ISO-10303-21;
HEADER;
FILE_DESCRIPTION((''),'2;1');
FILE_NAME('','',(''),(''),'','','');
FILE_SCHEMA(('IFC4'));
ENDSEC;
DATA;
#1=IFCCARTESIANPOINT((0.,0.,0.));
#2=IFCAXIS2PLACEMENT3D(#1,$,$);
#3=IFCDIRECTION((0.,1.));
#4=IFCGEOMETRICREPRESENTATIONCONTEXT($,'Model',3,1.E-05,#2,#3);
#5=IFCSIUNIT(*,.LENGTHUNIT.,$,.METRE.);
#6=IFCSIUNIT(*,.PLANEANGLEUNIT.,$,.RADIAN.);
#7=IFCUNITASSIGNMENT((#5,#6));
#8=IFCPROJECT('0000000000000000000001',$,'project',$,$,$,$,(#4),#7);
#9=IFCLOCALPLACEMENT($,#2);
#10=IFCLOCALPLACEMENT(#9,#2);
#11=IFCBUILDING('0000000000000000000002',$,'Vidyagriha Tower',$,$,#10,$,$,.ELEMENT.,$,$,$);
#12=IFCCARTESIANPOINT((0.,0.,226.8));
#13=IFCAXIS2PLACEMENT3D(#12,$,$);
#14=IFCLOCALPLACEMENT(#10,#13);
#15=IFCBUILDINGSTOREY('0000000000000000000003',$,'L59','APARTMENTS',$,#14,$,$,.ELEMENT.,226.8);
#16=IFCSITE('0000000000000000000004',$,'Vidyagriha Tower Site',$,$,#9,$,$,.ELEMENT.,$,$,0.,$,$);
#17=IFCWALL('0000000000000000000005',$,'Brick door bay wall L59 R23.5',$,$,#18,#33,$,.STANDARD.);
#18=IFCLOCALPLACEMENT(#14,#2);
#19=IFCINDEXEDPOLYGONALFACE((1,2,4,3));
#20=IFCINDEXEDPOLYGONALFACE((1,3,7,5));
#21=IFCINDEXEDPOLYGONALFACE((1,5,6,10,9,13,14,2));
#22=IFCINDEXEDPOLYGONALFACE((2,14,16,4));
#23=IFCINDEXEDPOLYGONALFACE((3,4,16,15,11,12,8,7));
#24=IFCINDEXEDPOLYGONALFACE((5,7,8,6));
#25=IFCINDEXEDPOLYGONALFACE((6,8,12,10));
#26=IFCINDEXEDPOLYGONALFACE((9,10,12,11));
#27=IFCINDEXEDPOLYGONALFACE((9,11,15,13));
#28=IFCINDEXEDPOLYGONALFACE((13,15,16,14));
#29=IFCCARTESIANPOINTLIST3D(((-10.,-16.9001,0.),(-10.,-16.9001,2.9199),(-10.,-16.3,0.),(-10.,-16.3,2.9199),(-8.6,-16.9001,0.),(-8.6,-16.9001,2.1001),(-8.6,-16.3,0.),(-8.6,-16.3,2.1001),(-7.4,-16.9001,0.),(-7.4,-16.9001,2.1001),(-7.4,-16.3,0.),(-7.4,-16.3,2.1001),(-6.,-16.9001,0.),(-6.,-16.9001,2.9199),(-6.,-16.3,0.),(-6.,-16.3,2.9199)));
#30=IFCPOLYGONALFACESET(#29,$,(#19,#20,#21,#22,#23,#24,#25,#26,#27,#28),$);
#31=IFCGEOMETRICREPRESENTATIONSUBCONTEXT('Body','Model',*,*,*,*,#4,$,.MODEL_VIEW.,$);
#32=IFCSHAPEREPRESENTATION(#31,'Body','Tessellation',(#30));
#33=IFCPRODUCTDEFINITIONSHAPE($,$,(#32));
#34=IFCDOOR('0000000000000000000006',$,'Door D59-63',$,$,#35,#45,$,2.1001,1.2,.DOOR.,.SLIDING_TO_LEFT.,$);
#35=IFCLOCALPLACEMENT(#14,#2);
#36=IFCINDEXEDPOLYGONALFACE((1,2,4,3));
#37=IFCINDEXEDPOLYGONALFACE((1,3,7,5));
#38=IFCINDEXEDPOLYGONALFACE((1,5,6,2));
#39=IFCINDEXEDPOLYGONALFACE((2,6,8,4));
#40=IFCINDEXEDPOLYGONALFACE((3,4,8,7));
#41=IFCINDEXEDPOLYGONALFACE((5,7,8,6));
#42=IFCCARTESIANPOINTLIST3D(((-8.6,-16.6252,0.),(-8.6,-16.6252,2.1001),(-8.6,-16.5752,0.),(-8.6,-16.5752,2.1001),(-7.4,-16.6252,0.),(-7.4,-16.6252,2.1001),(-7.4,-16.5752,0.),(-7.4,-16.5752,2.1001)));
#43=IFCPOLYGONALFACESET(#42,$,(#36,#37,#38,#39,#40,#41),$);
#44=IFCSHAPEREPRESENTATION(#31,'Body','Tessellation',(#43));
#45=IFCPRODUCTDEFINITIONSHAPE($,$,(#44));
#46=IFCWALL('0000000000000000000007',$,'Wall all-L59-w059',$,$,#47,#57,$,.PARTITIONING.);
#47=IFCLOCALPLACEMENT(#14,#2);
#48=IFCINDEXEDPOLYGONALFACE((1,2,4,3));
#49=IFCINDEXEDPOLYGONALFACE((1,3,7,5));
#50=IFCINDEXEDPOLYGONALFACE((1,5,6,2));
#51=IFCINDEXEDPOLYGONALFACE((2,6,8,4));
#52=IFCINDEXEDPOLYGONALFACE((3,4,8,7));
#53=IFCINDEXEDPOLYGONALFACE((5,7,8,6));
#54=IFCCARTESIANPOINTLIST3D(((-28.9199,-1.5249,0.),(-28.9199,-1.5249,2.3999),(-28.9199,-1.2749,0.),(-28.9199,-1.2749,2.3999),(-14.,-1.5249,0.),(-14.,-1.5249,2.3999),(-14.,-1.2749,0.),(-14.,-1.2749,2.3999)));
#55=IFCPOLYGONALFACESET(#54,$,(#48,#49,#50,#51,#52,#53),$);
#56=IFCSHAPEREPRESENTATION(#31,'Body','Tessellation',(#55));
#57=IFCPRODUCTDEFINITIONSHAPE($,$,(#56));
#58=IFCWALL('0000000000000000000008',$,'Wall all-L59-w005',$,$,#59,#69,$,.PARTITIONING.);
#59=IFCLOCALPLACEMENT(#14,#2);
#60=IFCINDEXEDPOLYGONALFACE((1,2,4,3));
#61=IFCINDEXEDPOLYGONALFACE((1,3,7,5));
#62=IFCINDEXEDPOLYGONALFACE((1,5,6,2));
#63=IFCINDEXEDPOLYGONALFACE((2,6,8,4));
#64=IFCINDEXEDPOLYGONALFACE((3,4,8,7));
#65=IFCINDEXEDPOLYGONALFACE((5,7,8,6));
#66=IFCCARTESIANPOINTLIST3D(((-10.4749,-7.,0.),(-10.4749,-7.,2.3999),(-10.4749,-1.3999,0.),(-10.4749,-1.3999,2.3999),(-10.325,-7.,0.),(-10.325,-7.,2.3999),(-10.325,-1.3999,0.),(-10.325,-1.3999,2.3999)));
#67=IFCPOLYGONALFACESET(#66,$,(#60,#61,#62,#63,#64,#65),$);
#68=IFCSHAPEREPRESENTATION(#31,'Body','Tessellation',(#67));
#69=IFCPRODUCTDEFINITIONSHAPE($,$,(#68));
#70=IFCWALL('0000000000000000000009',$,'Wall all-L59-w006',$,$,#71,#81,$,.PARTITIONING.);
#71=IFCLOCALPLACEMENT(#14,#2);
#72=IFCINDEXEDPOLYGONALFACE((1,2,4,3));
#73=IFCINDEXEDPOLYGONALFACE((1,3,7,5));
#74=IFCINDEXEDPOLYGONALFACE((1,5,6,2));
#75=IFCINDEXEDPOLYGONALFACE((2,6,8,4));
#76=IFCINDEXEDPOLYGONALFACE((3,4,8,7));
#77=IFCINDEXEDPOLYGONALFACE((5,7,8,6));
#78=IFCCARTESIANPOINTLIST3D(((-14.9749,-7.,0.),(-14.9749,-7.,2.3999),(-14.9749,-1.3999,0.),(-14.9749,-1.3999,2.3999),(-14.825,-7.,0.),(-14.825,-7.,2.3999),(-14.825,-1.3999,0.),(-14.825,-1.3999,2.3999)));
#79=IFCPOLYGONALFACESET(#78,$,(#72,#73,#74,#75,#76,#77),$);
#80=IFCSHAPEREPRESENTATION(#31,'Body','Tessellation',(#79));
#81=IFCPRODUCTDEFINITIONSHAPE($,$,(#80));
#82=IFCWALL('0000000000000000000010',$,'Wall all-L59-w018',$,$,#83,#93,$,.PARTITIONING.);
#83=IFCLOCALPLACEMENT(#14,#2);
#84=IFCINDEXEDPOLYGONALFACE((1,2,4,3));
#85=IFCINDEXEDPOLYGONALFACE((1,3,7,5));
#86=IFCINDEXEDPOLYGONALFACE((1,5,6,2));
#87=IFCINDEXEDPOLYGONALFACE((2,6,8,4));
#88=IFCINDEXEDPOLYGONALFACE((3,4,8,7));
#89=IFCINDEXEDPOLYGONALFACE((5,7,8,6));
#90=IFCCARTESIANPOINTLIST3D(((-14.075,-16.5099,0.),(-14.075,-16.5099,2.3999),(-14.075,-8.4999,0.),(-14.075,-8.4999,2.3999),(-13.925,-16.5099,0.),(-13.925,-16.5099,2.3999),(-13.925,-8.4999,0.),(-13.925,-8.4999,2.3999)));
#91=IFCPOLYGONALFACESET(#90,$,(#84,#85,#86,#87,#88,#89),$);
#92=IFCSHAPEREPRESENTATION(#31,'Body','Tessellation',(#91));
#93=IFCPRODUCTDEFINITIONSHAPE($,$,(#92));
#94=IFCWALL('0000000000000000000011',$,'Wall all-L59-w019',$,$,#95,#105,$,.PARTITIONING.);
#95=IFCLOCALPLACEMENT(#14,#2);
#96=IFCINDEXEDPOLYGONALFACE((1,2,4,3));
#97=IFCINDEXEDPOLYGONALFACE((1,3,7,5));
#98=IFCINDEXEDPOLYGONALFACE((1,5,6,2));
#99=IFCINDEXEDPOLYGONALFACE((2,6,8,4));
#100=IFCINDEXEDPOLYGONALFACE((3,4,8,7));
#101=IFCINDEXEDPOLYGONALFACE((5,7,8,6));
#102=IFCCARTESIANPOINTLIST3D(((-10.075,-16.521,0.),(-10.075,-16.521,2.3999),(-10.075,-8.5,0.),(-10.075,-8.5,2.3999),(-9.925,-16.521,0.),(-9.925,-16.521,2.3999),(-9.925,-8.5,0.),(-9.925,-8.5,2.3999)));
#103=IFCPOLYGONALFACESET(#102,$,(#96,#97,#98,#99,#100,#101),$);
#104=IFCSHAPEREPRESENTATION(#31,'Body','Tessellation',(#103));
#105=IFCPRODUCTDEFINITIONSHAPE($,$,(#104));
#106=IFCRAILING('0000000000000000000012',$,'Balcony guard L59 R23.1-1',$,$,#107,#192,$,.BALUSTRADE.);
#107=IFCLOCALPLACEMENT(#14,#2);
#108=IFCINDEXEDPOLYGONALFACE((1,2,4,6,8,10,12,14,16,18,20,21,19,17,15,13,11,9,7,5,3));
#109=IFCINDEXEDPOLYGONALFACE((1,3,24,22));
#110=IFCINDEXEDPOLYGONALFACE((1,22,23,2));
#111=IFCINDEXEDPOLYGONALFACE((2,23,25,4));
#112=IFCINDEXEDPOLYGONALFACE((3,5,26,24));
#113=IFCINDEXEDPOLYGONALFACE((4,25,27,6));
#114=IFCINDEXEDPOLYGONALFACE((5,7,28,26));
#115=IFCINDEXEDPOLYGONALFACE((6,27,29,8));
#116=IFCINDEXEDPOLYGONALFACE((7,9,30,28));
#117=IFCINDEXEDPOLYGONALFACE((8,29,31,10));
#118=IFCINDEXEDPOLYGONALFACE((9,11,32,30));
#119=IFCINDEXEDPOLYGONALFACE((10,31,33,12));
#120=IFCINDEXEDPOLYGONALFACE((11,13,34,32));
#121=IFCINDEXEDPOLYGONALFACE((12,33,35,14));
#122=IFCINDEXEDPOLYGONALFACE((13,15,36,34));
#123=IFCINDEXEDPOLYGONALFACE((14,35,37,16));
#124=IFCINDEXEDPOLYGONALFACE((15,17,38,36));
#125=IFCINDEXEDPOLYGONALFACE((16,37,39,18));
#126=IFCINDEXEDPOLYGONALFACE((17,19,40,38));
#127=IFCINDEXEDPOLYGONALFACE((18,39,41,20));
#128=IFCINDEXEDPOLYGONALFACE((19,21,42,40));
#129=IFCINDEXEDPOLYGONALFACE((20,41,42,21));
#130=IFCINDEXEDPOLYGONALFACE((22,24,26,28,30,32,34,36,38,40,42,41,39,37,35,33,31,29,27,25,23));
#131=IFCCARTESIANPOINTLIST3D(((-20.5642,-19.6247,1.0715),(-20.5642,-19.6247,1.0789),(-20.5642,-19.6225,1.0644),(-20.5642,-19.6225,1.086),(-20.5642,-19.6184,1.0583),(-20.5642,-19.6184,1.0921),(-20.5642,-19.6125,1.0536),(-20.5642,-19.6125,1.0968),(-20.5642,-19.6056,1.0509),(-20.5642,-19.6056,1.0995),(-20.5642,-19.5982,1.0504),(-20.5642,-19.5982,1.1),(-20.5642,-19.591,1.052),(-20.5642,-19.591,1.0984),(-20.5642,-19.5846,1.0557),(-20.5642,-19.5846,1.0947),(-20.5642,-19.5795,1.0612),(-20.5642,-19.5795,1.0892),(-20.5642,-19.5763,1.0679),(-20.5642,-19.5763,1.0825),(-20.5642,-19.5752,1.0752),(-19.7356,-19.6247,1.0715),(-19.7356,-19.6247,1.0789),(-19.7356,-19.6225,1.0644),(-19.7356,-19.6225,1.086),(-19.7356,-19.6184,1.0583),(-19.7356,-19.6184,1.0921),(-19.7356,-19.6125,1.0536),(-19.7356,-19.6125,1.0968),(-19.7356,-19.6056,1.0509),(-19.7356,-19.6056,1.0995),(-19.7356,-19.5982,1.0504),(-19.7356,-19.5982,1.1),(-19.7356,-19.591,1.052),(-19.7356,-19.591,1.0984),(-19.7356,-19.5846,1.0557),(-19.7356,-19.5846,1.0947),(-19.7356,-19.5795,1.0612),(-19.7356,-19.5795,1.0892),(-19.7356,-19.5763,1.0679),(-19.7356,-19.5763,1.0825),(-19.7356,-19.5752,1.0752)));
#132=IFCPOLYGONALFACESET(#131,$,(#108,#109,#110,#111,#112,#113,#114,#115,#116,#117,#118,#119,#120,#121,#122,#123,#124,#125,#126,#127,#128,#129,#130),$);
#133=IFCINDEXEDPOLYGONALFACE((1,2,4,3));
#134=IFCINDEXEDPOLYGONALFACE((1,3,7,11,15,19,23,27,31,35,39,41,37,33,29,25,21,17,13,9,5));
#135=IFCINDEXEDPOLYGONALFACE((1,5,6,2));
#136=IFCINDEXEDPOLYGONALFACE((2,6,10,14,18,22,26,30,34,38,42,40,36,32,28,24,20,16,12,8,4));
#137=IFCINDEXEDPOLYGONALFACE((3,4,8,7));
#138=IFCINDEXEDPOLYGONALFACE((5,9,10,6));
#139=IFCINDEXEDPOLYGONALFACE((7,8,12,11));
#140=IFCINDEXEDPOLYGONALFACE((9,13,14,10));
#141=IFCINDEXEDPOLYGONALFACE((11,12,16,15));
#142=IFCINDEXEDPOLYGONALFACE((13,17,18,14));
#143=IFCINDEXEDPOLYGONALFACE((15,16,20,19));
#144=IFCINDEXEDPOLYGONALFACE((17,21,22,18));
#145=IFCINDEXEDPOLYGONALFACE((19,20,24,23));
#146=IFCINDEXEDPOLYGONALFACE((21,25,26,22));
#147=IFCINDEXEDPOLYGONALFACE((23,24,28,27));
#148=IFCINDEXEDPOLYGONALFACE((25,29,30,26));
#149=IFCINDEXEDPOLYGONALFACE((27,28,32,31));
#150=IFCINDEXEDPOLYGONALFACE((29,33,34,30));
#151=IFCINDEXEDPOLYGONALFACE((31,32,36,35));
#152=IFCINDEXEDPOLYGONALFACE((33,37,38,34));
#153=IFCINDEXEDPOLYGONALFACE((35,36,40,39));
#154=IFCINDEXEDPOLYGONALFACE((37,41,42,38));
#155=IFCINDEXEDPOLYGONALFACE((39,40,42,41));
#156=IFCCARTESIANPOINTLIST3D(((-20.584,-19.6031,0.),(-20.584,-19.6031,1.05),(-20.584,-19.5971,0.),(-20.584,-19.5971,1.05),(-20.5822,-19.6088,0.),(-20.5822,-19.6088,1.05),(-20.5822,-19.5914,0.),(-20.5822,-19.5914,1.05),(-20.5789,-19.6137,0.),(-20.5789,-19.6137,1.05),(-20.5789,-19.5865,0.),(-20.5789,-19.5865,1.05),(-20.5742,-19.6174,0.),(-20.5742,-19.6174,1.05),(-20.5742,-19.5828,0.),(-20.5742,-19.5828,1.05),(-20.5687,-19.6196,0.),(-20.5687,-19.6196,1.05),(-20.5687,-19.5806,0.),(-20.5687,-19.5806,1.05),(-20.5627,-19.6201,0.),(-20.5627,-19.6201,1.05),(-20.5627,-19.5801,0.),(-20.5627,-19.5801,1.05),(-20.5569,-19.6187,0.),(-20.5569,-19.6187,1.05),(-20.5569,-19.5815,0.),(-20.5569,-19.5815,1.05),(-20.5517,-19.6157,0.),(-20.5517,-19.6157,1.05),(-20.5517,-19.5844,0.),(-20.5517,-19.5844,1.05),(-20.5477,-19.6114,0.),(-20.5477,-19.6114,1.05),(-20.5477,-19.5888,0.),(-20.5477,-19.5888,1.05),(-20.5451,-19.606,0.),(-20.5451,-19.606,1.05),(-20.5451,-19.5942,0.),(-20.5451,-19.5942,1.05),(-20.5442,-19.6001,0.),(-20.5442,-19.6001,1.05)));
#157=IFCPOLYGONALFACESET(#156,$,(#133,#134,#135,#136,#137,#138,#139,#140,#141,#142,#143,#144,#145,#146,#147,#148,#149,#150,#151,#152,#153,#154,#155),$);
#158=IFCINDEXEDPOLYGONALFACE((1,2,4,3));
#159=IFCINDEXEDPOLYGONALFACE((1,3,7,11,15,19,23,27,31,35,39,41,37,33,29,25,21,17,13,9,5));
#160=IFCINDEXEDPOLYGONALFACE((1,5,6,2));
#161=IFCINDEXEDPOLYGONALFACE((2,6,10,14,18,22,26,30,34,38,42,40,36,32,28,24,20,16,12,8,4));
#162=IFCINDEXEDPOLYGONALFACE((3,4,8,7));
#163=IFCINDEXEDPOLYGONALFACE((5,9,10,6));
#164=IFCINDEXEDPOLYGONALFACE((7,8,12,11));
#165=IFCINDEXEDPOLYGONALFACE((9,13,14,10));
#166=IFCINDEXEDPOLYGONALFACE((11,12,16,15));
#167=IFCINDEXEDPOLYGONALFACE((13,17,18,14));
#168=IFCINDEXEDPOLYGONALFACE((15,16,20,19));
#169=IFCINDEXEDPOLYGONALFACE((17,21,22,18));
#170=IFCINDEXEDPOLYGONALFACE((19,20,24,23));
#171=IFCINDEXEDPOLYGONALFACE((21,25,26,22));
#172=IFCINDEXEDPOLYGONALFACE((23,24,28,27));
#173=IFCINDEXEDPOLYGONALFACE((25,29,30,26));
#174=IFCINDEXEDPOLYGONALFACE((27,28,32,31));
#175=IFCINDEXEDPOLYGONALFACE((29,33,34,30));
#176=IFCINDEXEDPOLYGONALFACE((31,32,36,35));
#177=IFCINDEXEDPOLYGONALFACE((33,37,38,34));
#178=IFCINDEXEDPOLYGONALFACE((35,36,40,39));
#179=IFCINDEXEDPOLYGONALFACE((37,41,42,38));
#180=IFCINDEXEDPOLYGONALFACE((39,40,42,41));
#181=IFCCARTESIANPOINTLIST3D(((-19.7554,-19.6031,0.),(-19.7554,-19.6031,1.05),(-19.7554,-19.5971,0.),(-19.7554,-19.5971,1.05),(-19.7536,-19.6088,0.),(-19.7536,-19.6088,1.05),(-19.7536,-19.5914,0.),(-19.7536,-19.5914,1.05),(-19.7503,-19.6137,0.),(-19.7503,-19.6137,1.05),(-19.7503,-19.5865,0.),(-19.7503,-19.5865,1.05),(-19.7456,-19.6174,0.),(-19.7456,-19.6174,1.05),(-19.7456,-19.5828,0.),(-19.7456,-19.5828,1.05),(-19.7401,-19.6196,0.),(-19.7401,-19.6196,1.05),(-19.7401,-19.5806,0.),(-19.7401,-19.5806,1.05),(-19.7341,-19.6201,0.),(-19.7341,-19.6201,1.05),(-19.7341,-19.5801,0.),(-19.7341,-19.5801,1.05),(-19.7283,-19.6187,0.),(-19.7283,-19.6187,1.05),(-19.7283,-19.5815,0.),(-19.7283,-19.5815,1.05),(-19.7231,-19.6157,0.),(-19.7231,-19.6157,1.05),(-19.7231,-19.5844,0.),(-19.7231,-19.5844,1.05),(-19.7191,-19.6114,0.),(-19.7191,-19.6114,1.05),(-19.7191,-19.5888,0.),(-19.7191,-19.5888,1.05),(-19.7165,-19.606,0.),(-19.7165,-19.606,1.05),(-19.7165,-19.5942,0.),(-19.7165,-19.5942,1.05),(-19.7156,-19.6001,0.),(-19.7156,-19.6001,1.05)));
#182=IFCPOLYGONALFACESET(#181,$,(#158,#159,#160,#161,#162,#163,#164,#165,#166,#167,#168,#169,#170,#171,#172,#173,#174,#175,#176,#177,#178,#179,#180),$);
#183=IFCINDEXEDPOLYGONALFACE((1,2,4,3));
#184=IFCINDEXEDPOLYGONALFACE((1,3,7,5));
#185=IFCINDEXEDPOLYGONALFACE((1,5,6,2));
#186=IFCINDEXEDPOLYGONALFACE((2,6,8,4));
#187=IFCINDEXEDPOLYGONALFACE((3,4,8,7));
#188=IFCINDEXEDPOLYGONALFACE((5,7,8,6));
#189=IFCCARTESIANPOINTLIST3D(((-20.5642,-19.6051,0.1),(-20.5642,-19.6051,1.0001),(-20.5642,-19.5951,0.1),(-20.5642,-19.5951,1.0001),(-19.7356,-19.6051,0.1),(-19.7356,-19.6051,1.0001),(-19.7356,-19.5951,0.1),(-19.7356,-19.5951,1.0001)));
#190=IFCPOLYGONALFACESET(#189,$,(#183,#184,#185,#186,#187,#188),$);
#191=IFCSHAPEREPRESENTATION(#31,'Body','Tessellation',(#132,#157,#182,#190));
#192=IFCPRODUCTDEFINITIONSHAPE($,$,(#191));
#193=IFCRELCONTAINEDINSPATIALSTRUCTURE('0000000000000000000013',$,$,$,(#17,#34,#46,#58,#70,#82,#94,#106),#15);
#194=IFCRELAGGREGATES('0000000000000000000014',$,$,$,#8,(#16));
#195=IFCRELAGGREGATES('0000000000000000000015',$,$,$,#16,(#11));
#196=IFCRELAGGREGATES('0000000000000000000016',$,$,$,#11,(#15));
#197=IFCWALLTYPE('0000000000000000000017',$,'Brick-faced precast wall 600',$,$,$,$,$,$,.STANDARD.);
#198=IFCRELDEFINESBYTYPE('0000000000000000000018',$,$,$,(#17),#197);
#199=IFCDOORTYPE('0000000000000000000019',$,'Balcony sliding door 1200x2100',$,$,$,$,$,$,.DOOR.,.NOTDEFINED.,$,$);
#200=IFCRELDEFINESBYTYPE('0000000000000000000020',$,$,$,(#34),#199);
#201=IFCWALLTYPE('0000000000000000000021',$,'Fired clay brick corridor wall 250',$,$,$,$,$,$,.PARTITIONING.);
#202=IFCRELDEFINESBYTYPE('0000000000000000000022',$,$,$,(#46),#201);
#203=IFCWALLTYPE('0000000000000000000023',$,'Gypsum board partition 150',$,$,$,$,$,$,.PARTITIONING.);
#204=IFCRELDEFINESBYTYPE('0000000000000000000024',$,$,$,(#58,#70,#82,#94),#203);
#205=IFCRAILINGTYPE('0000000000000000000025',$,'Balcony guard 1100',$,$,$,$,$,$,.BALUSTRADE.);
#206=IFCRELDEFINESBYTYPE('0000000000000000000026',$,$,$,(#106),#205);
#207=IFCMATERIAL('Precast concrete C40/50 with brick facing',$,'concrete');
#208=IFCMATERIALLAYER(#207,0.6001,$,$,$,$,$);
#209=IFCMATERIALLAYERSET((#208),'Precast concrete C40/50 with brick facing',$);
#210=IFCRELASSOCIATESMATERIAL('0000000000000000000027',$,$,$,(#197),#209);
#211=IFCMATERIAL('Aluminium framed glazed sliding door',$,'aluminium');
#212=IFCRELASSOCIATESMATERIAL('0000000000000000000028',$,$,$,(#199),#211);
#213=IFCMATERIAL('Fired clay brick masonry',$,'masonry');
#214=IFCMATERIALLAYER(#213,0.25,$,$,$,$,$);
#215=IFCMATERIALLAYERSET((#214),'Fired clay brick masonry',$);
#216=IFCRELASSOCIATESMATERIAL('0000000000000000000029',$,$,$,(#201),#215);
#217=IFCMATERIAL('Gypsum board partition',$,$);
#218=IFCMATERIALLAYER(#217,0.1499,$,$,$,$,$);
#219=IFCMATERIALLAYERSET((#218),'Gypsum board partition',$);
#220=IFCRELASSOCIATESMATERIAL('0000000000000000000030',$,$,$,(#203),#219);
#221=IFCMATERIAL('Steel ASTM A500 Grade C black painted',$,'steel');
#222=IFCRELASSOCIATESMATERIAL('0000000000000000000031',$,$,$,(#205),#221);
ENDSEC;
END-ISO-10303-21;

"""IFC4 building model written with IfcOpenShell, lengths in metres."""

from ifc_helpers import new_model, si_unit, direction, frame, frame_2d, origin, origin_2d, place, context, subcontext, project, spatial, rectangle, circle, extrude, material, layer, layer_set, type_object, element, fill, save


model = new_model("IFC4")

# Units and contexts
model_context = context("Model", 3, precision=1e-05, world=origin(), true_north=direction((0.0, 1.0)))
body_context = subcontext(model_context, "Body", "Model", "MODEL_VIEW")
ifc_project = project(units=[si_unit("LENGTHUNIT", "METRE"), si_unit("PLANEANGLEUNIT", "RADIAN")], contexts=[model_context])

# Site, building, storey
site_placement = place(None, origin())
site = spatial("IfcSite", under=ifc_project, at=site_placement, Name="Vidyagriha Tower Site", CompositionType="ELEMENT", RefElevation=0.0)
building_placement = place(site_placement, origin())
building = spatial("IfcBuilding", under=site, at=building_placement, Name="Vidyagriha Tower", CompositionType="ELEMENT")
storey_placement = place(building_placement, frame((0.0, 0.0, 226.8)))
storey = spatial("IfcBuildingStorey", under=building, at=storey_placement, Name="L59", Description="APARTMENTS", CompositionType="ELEMENT", Elevation=226.8)

# Wall, opening, door
ifc_material_1 = material(Name="Precast concrete C40/50 with brick facing", Category="concrete")
ifc_layer_1 = layer(ifc_material_1, 0.6001)
ifc_layer_set_1 = layer_set([ifc_layer_1], Name="Precast concrete C40/50 with brick facing")
wall_type_1 = type_object("IfcWallType", Name="Brick-faced precast wall 600", PredefinedType="STANDARD", material=ifc_layer_set_1)
ifc_material_2 = material(Name="Aluminium framed glazed sliding door", Category="aluminium")
door_type = type_object("IfcDoorType", Name="Balcony sliding door 1200x2100", OperationType="NOTDEFINED", PredefinedType="DOOR", material=ifc_material_2)
wall_1_placement = place(storey_placement, frame((-10.0, -16.6001, 0.0)))
wall_1 = element("IfcWall", 1, at=wall_1_placement, inside=storey, type_object=wall_type_1, Name="Brick door bay wall L59 R23.5", PredefinedType="STANDARD", context=body_context, shape_type="SweptSolid", body=[
    extrude(rectangle(XDim=4.0, YDim=0.6001, at=frame_2d((2.0, 0.0))), origin(), (0.0, 0.0, 1.0), 2.9199),
])
opening_1_placement = place(wall_1_placement, frame((1.3999, 0.0, 0.0)))
opening_1 = element("IfcOpeningElement", 2, at=opening_1_placement, cuts=wall_1, PredefinedType="OPENING", context=body_context, shape_type="SweptSolid", body=[
    extrude(rectangle(XDim=1.2, YDim=2.1001, at=frame_2d((0.6001, 1.05))), frame((0.0, 0.3101, 0.0), z_axis=(0.0, -1.0, 0.0), x_axis=(1.0, 0.0, 0.0)), (0.0, 0.0, 1.0), 0.6201),
])
door_1_placement = place(opening_1_placement, origin())
door_1 = element("IfcDoor", 3, at=door_1_placement, inside=storey, type_object=door_type, Name="Door D59-63", OperationType="SLIDING_TO_LEFT", OverallHeight=2.1001, OverallWidth=1.2, PredefinedType="DOOR", context=body_context, shape_type="SweptSolid", body=[
    extrude(rectangle(XDim=1.2, YDim=2.1001, at=frame_2d((0.6001, 1.05))), frame((0.0, 0.0249, 0.0), z_axis=(0.0, -1.0, 0.0), x_axis=(1.0, 0.0, 0.0)), (0.0, 0.0, 1.0), 0.05),
])
fill(opening_1, door_1)

# Walls
ifc_material_3 = material(Name="Fired clay brick masonry", Category="masonry")
ifc_layer_2 = layer(ifc_material_3, 0.25)
ifc_layer_set_2 = layer_set([ifc_layer_2], Name="Fired clay brick masonry")
wall_type_2 = type_object("IfcWallType", Name="Fired clay brick corridor wall 250", PredefinedType="PARTITIONING", material=ifc_layer_set_2)
wall_2_placement = place(storey_placement, frame((-14.0, -1.3999, 0.0), z_axis=(0.0, 0.0, 1.0), x_axis=(-1.0, 0.0, 0.0)))
element("IfcWall", 4, at=wall_2_placement, inside=storey, type_object=wall_type_2, Name="Wall all-L59-w059", PredefinedType="PARTITIONING", context=body_context, shape_type="SweptSolid", body=[
    extrude(rectangle(XDim=14.9199, YDim=0.25, at=frame_2d((7.46, 0.0))), origin(), (0.0, 0.0, 1.0), 2.3999),
])
ifc_material_4 = material(Name="Gypsum board partition")
ifc_layer_3 = layer(ifc_material_4, 0.1499)
ifc_layer_set_3 = layer_set([ifc_layer_3], Name="Gypsum board partition")
wall_type_3 = type_object("IfcWallType", Name="Gypsum board partition 150", PredefinedType="PARTITIONING", material=ifc_layer_set_3)
for number, where, z_axis, x_axis, name in (
    (5, (-10.3999, -7.0, 0.0), (0.0, 0.0, 1.0), (0.0, 1.0, 0.0), "Wall all-L59-w005"),
    (6, (-14.8999, -7.0, 0.0), (0.0, 0.0, 1.0), (0.0, 1.0, 0.0), "Wall all-L59-w006"),
):
    element("IfcWall", number, at=place(storey_placement, frame(where, z_axis=z_axis, x_axis=x_axis)), inside=storey, type_object=wall_type_3, Name=name, PredefinedType="PARTITIONING", context=body_context, shape_type="SweptSolid", body=[
        extrude(rectangle(XDim=5.6001, YDim=0.1499, at=frame_2d((2.8, 0.0))), origin(), (0.0, 0.0, 1.0), 2.3999),
    ])
wall_3_placement = place(storey_placement, frame((-14.0, -8.5, 0.0), z_axis=(0.0, 0.0, 1.0), x_axis=(0.0, -1.0, 0.0)))
element("IfcWall", 7, at=wall_3_placement, inside=storey, type_object=wall_type_3, Name="Wall all-L59-w018", PredefinedType="PARTITIONING", context=body_context, shape_type="SweptSolid", body=[
    extrude(rectangle(XDim=8.01, YDim=0.1499, at=frame_2d((4.0049, 0.0))), origin(), (0.0, 0.0, 1.0), 2.3999),
])
wall_4_placement = place(storey_placement, frame((-10.0, -8.5, 0.0), z_axis=(0.0, 0.0, 1.0), x_axis=(0.0, -1.0, 0.0)))
element("IfcWall", 8, at=wall_4_placement, inside=storey, type_object=wall_type_3, Name="Wall all-L59-w019", PredefinedType="PARTITIONING", context=body_context, shape_type="SweptSolid", body=[
    extrude(rectangle(XDim=8.021, YDim=0.1499, at=frame_2d((4.0105, 0.0))), origin(), (0.0, 0.0, 1.0), 2.3999),
])

# Railing
ifc_material_5 = material(Name="Steel ASTM A500 Grade C black painted", Category="steel")
railing_type = type_object("IfcRailingType", Name="Balcony guard 1100", PredefinedType="BALUSTRADE", material=ifc_material_5)
railing_1_placement = place(storey_placement, frame((-20.5642, -19.6001, 0.0)))
element("IfcRailing", 9, at=railing_1_placement, inside=storey, type_object=railing_type, Name="Balcony guard L59 R23.1-1", PredefinedType="BALUSTRADE", context=body_context, shape_type="SweptSolid", body=[
    extrude(circle(Radius=0.0249, at=origin_2d()), frame((0.0, 0.0, 1.0752), z_axis=(1.0, 0.0, 0.0), x_axis=(0.0, 1.0, 0.0)), (0.0, 0.0, 1.0), 0.8286),
    extrude(circle(Radius=0.02, at=origin_2d()), origin(), (0.0, 0.0, 1.0), 1.05),
    extrude(circle(Radius=0.02, at=origin_2d()), frame((0.8286, 0.0, 0.0)), (0.0, 0.0, 1.0), 1.05),
    extrude(rectangle(XDim=0.01, YDim=0.9001, at=origin_2d()), frame((0.0, 0.0, 0.55), z_axis=(1.0, 0.0, 0.0), x_axis=(0.0, 1.0, 0.0)), (0.0, 0.0, 1.0), 0.8286),
])

save(model, "model.ifc")
